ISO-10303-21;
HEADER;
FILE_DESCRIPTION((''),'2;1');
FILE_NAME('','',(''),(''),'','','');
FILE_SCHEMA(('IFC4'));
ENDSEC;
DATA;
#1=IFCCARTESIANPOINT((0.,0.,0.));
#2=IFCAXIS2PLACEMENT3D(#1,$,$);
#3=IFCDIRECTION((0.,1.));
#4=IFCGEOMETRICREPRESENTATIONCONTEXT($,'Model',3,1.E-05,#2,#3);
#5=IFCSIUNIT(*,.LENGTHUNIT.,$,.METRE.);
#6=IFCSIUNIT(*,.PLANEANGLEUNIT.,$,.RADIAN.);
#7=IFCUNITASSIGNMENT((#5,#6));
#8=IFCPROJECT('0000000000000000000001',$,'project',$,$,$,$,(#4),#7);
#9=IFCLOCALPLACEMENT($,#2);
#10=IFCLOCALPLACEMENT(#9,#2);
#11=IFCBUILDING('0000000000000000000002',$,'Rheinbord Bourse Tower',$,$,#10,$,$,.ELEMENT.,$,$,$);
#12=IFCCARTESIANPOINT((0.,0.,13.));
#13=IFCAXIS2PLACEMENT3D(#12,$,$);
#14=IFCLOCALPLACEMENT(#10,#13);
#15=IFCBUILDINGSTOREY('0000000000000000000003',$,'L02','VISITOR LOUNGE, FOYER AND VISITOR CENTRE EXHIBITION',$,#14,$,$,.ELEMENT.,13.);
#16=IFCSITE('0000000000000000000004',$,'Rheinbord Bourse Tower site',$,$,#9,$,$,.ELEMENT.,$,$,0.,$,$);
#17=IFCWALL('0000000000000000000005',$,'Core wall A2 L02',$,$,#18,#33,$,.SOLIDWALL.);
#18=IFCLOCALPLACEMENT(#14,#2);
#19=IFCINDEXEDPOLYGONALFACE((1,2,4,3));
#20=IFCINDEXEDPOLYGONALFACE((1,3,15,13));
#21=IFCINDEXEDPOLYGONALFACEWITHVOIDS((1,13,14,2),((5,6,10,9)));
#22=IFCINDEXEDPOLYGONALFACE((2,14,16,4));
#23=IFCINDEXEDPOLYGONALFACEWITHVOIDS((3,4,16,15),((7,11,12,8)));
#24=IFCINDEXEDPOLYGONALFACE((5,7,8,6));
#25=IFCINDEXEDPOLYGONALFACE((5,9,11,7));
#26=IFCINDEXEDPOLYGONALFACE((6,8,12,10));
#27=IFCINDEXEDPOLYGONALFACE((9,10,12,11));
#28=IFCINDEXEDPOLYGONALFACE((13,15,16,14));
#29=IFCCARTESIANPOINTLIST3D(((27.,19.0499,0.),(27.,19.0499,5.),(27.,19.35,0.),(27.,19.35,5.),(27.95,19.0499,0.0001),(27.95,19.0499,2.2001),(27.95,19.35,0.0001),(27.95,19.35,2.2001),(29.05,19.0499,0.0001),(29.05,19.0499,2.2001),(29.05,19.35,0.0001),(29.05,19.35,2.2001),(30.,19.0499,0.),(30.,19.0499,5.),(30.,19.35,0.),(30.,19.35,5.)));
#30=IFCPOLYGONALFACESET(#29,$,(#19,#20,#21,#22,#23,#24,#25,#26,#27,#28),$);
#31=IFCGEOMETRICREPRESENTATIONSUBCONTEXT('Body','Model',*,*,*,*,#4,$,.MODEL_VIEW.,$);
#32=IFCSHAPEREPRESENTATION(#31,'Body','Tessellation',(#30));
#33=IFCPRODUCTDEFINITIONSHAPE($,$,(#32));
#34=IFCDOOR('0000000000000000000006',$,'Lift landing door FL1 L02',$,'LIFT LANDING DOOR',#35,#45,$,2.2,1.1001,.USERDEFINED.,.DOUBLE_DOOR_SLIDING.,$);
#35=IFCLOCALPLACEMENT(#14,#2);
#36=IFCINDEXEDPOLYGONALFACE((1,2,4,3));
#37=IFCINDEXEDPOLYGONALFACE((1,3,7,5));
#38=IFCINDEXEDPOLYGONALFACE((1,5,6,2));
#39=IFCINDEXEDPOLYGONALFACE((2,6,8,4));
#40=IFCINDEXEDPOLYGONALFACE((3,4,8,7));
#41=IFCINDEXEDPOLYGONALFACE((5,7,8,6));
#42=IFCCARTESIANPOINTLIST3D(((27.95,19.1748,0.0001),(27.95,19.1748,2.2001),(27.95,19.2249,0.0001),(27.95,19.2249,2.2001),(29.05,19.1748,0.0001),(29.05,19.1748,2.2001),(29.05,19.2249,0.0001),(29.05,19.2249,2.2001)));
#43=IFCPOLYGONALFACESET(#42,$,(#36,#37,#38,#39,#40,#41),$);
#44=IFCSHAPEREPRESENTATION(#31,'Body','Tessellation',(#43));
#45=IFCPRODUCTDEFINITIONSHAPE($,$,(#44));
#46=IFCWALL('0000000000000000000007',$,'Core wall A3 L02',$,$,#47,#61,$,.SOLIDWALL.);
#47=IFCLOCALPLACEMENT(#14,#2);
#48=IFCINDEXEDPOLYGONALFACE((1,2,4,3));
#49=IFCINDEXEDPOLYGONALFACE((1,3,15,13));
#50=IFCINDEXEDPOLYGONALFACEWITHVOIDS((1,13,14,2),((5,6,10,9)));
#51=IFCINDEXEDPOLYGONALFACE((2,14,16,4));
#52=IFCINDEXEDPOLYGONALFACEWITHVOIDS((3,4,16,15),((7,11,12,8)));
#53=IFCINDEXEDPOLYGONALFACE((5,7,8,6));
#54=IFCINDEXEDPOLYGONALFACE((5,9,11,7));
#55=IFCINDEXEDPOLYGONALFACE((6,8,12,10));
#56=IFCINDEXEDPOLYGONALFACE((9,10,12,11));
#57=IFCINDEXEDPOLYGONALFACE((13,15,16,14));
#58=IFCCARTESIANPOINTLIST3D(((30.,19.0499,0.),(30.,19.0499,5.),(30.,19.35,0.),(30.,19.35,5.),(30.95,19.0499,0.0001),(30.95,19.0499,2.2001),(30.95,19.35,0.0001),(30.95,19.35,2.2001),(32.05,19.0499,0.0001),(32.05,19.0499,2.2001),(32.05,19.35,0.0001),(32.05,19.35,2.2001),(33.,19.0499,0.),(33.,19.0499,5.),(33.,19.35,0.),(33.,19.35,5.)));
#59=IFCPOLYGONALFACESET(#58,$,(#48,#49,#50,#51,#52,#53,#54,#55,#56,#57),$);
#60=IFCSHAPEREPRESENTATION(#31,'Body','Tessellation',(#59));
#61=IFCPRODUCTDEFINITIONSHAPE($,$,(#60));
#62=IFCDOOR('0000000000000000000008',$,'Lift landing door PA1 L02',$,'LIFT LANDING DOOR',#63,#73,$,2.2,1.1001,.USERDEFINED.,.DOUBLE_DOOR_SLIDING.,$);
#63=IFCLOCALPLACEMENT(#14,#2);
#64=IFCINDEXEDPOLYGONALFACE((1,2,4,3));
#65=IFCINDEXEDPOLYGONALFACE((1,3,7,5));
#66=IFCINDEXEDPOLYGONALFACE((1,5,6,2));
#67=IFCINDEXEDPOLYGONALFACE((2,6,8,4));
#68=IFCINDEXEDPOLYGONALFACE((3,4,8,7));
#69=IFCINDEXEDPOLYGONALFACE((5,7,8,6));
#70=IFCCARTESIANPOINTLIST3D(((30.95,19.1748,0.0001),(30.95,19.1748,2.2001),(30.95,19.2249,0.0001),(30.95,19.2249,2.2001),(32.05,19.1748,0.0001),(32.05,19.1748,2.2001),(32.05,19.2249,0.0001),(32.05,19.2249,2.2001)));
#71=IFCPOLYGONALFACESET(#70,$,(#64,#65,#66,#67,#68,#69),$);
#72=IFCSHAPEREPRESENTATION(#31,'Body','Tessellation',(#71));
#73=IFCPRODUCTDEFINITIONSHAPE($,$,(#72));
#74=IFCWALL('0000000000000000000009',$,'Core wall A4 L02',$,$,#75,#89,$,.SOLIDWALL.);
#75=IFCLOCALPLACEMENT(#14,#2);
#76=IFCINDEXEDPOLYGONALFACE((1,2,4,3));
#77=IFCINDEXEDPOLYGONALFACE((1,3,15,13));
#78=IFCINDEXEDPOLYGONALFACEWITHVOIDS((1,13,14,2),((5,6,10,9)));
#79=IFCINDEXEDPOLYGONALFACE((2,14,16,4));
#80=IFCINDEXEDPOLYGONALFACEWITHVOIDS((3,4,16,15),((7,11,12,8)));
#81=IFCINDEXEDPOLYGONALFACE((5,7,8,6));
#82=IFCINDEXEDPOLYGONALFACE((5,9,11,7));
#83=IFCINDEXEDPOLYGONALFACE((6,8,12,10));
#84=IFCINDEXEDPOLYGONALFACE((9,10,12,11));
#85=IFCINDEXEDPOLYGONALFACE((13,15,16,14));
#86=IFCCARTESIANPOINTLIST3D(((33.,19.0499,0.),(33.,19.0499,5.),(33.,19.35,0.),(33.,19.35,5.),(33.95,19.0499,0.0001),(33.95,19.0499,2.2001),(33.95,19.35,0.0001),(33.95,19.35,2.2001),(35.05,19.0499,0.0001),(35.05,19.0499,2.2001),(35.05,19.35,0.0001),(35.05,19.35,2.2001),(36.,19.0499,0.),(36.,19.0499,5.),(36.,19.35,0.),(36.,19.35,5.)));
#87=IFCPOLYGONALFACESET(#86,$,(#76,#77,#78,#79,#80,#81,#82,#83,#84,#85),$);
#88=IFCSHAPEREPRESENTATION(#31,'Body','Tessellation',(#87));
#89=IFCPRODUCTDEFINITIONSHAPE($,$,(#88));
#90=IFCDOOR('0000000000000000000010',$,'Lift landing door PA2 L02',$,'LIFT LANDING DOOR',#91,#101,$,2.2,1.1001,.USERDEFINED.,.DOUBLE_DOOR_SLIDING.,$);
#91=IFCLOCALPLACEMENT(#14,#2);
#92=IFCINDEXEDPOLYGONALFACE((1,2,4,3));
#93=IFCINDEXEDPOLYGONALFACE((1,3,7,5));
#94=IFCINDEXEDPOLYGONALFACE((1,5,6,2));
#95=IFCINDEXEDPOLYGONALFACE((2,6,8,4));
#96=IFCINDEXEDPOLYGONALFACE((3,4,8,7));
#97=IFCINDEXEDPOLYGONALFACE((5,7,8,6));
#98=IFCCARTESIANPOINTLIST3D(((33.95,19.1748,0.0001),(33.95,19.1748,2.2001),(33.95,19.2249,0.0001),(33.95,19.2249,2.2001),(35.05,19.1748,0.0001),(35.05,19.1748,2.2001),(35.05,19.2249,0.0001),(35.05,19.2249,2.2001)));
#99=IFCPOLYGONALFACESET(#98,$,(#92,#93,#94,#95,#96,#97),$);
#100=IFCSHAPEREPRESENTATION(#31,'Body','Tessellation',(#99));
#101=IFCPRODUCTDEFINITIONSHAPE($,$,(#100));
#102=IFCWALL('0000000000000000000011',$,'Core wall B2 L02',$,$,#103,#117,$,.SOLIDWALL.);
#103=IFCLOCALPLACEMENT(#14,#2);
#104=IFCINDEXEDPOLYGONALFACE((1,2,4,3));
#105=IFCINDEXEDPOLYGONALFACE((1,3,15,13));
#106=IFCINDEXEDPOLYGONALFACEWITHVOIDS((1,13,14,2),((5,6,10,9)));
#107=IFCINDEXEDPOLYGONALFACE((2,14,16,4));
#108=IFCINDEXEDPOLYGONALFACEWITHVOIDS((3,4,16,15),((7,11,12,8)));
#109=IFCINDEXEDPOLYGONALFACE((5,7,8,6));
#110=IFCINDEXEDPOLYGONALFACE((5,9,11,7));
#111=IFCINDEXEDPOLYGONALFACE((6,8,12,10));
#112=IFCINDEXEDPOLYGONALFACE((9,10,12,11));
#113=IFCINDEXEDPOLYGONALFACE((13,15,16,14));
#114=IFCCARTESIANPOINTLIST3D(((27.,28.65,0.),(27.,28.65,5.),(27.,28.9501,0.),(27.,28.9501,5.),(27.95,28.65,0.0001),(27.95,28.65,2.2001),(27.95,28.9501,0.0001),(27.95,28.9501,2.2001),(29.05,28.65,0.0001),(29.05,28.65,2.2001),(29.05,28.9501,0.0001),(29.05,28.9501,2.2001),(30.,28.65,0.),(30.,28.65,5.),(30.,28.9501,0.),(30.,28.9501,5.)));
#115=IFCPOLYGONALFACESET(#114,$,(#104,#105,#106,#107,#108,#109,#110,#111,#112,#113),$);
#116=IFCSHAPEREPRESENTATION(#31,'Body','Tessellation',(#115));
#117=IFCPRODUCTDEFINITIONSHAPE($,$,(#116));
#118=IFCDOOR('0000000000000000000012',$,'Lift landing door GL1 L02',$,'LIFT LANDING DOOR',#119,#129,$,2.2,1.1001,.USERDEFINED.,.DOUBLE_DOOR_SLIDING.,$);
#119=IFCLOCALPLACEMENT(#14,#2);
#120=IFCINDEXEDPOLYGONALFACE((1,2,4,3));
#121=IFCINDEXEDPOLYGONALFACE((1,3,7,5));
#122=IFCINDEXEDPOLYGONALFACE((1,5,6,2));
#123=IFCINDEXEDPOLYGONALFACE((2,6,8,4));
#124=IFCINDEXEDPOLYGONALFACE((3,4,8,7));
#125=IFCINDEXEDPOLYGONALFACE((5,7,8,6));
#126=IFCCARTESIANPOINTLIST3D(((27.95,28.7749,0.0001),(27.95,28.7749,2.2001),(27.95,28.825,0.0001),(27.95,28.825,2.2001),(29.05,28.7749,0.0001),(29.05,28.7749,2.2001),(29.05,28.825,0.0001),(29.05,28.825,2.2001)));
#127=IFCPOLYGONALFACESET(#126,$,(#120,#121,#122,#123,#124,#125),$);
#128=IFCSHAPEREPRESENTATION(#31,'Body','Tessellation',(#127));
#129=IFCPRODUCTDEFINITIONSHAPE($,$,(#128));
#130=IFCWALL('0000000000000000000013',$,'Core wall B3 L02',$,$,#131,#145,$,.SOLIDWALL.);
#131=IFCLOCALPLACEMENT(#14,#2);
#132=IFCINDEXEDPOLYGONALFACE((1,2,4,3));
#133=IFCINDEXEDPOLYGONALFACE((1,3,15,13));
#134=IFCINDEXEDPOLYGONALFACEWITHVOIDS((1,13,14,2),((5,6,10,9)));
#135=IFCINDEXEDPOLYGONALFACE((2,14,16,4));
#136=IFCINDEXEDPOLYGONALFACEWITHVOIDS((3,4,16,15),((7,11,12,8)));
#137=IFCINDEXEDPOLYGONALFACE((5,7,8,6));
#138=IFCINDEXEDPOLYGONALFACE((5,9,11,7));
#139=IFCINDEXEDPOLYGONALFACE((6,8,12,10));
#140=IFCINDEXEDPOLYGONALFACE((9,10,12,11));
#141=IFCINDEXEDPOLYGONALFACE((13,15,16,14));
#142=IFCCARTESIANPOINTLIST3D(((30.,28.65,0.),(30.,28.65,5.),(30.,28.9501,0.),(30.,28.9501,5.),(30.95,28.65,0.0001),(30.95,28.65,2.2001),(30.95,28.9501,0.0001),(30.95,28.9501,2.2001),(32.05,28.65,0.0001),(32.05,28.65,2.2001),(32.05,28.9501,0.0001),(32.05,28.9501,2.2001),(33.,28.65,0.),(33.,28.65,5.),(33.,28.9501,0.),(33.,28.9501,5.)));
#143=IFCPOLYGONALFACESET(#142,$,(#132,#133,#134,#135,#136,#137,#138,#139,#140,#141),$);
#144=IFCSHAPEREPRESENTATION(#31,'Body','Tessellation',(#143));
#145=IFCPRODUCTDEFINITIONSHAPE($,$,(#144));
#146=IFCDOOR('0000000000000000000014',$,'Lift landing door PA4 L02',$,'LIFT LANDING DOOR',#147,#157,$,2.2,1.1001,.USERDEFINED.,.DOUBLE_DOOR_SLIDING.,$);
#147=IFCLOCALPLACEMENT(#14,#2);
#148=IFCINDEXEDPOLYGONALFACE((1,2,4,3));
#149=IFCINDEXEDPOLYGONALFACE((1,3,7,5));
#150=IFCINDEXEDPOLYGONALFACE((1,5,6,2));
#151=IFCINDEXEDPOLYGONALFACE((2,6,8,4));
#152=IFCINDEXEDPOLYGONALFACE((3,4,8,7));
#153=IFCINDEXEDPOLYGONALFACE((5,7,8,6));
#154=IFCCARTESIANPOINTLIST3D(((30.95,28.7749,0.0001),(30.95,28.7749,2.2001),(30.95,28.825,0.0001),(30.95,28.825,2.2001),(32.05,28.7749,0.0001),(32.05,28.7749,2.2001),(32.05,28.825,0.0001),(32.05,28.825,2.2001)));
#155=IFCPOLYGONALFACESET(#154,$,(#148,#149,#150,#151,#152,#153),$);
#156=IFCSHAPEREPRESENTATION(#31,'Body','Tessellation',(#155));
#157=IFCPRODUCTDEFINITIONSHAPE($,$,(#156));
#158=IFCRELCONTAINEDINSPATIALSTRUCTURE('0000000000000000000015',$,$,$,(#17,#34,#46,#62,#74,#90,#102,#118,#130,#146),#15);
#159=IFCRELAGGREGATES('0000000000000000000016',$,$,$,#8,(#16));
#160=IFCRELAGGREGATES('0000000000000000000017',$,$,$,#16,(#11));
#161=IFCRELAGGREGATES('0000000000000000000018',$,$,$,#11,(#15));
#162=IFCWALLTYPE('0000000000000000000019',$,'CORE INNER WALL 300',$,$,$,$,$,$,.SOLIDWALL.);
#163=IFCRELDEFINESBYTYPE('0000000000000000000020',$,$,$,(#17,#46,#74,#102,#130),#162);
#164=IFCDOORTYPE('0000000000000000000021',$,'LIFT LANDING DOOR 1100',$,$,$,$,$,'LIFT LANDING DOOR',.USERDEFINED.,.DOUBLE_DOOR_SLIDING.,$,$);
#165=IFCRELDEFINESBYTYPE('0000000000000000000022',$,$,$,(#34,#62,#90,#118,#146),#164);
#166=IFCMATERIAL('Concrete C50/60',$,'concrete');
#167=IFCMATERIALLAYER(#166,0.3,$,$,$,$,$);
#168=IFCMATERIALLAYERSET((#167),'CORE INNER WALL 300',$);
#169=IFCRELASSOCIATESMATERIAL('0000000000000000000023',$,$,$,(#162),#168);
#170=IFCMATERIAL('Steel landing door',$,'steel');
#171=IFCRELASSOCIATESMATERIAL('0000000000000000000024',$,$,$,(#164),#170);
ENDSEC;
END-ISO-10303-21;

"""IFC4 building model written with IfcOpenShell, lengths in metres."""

from ifc_helpers import new_model, si_unit, direction, frame, frame_2d, origin, place, context, subcontext, project, spatial, rectangle, extrude, material, layer, layer_set, type_object, element, fill, save


model = new_model("IFC4")

# Units and contexts
model_context = context("Model", 3, precision=1e-05, world=origin(), true_north=direction((0.0, 1.0)))
body_context = subcontext(model_context, "Body", "Model", "MODEL_VIEW")
ifc_project = project(units=[si_unit("LENGTHUNIT", "METRE"), si_unit("PLANEANGLEUNIT", "RADIAN")], contexts=[model_context])

# Site, building, storey
site_placement = place(None, origin())
site = spatial("IfcSite", under=ifc_project, at=site_placement, Name="Rheinbord Bourse Tower site", CompositionType="ELEMENT", RefElevation=0.0)
building_placement = place(site_placement, origin())
building = spatial("IfcBuilding", under=site, at=building_placement, Name="Rheinbord Bourse Tower", CompositionType="ELEMENT")
storey_placement = place(building_placement, frame((0.0, 0.0, 13.0)))
storey = spatial("IfcBuildingStorey", under=building, at=storey_placement, Name="L02", Description="VISITOR LOUNGE, FOYER AND VISITOR CENTRE EXHIBITION", CompositionType="ELEMENT", Elevation=13.0)

# Walls, openings, doors
ifc_material_1 = material(Name="Concrete C50/60", Category="concrete")
ifc_layer_1 = layer(ifc_material_1, 0.3)
ifc_layer_set_1 = layer_set([ifc_layer_1], Name="CORE INNER WALL 300")
wall_type_1 = type_object("IfcWallType", Name="CORE INNER WALL 300", PredefinedType="SOLIDWALL", material=ifc_layer_set_1)
wall_1_placement = place(storey_placement, frame((27.0, 19.2, 0.0), z_axis=(0.0, 0.0, 1.0), x_axis=(1.0, 0.0, 0.0)))
wall_1 = element("IfcWall", 1, at=wall_1_placement, inside=storey, type_object=wall_type_1, Name="Core wall A2 L02", PredefinedType="SOLIDWALL", context=body_context, shape_type="SweptSolid", body=[
    extrude(rectangle(XDim=3.0, YDim=0.3, at=frame_2d((1.5, 0.0))), origin(), (0.0, 0.0, 1.0), 5.0),
])
opening_1_placement = place(wall_1_placement, frame((0.95, 0.0, 0.0)))
opening_1 = element("IfcOpeningElement", 2, at=opening_1_placement, cuts=wall_1, PredefinedType="OPENING", context=body_context, shape_type="SweptSolid", body=[
    extrude(rectangle(XDim=1.1001, YDim=2.2, at=frame_2d((0.55, 1.1001))), frame((0.0, 0.1599, 0.0), z_axis=(0.0, -1.0, 0.0), x_axis=(1.0, 0.0, 0.0)), (0.0, 0.0, 1.0), 0.3201),
])
ifc_material_2 = material(Name="Steel landing door", Category="steel")
door_type_1 = type_object("IfcDoorType", Name="LIFT LANDING DOOR 1100", ElementType="LIFT LANDING DOOR", OperationType="DOUBLE_DOOR_SLIDING", PredefinedType="USERDEFINED", material=ifc_material_2)
door_1_placement = place(opening_1_placement, origin())
door_1 = element("IfcDoor", 3, at=door_1_placement, inside=storey, type_object=door_type_1, Name="Lift landing door FL1 L02", ObjectType="LIFT LANDING DOOR", OperationType="DOUBLE_DOOR_SLIDING", OverallHeight=2.2, OverallWidth=1.1001, PredefinedType="USERDEFINED", context=body_context, shape_type="SweptSolid", body=[
    extrude(rectangle(XDim=1.1001, YDim=2.2, at=frame_2d((0.55, 1.1001))), frame((0.0, 0.0249, 0.0), z_axis=(0.0, -1.0, 0.0), x_axis=(1.0, 0.0, 0.0)), (0.0, 0.0, 1.0), 0.05),
])
fill(opening_1, door_1)
wall_2_placement = place(storey_placement, frame((30.0, 19.2, 0.0), z_axis=(0.0, 0.0, 1.0), x_axis=(1.0, 0.0, 0.0)))
wall_2 = element("IfcWall", 4, at=wall_2_placement, inside=storey, type_object=wall_type_1, Name="Core wall A3 L02", PredefinedType="SOLIDWALL", context=body_context, shape_type="SweptSolid", body=[
    extrude(rectangle(XDim=3.0, YDim=0.3, at=frame_2d((1.5, 0.0))), origin(), (0.0, 0.0, 1.0), 5.0),
])
opening_2_placement = place(wall_2_placement, frame((0.95, 0.0, 0.0)))
opening_2 = element("IfcOpeningElement", 5, at=opening_2_placement, cuts=wall_2, PredefinedType="OPENING", context=body_context, shape_type="SweptSolid", body=[
    extrude(rectangle(XDim=1.1001, YDim=2.2, at=frame_2d((0.55, 1.1001))), frame((0.0, 0.1599, 0.0), z_axis=(0.0, -1.0, 0.0), x_axis=(1.0, 0.0, 0.0)), (0.0, 0.0, 1.0), 0.3201),
])
door_2_placement = place(opening_2_placement, origin())
door_2 = element("IfcDoor", 6, at=door_2_placement, inside=storey, type_object=door_type_1, Name="Lift landing door PA1 L02", ObjectType="LIFT LANDING DOOR", OperationType="DOUBLE_DOOR_SLIDING", OverallHeight=2.2, OverallWidth=1.1001, PredefinedType="USERDEFINED", context=body_context, shape_type="SweptSolid", body=[
    extrude(rectangle(XDim=1.1001, YDim=2.2, at=frame_2d((0.55, 1.1001))), frame((0.0, 0.0249, 0.0), z_axis=(0.0, -1.0, 0.0), x_axis=(1.0, 0.0, 0.0)), (0.0, 0.0, 1.0), 0.05),
])
fill(opening_2, door_2)
wall_3_placement = place(storey_placement, frame((33.0, 19.2, 0.0), z_axis=(0.0, 0.0, 1.0), x_axis=(1.0, 0.0, 0.0)))
wall_3 = element("IfcWall", 7, at=wall_3_placement, inside=storey, type_object=wall_type_1, Name="Core wall A4 L02", PredefinedType="SOLIDWALL", context=body_context, shape_type="SweptSolid", body=[
    extrude(rectangle(XDim=3.0, YDim=0.3, at=frame_2d((1.5, 0.0))), origin(), (0.0, 0.0, 1.0), 5.0),
])
opening_3_placement = place(wall_3_placement, frame((0.95, 0.0, 0.0)))
opening_3 = element("IfcOpeningElement", 8, at=opening_3_placement, cuts=wall_3, PredefinedType="OPENING", context=body_context, shape_type="SweptSolid", body=[
    extrude(rectangle(XDim=1.1001, YDim=2.2, at=frame_2d((0.55, 1.1001))), frame((0.0, 0.1599, 0.0), z_axis=(0.0, -1.0, 0.0), x_axis=(1.0, 0.0, 0.0)), (0.0, 0.0, 1.0), 0.3201),
])
door_3_placement = place(opening_3_placement, origin())
door_3 = element("IfcDoor", 9, at=door_3_placement, inside=storey, type_object=door_type_1, Name="Lift landing door PA2 L02", ObjectType="LIFT LANDING DOOR", OperationType="DOUBLE_DOOR_SLIDING", OverallHeight=2.2, OverallWidth=1.1001, PredefinedType="USERDEFINED", context=body_context, shape_type="SweptSolid", body=[
    extrude(rectangle(XDim=1.1001, YDim=2.2, at=frame_2d((0.55, 1.1001))), frame((0.0, 0.0249, 0.0), z_axis=(0.0, -1.0, 0.0), x_axis=(1.0, 0.0, 0.0)), (0.0, 0.0, 1.0), 0.05),
])
fill(opening_3, door_3)
wall_4_placement = place(storey_placement, frame((27.0, 28.8, 0.0), z_axis=(0.0, 0.0, 1.0), x_axis=(1.0, 0.0, 0.0)))
wall_4 = element("IfcWall", 10, at=wall_4_placement, inside=storey, type_object=wall_type_1, Name="Core wall B2 L02", PredefinedType="SOLIDWALL", context=body_context, shape_type="SweptSolid", body=[
    extrude(rectangle(XDim=3.0, YDim=0.3, at=frame_2d((1.5, 0.0))), origin(), (0.0, 0.0, 1.0), 5.0),
])
opening_4_placement = place(wall_4_placement, frame((0.95, 0.0, 0.0)))
opening_4 = element("IfcOpeningElement", 11, at=opening_4_placement, cuts=wall_4, PredefinedType="OPENING", context=body_context, shape_type="SweptSolid", body=[
    extrude(rectangle(XDim=1.1001, YDim=2.2, at=frame_2d((0.55, 1.1001))), frame((0.0, 0.1599, 0.0), z_axis=(0.0, -1.0, 0.0), x_axis=(1.0, 0.0, 0.0)), (0.0, 0.0, 1.0), 0.3201),
])
door_4_placement = place(opening_4_placement, origin())
door_4 = element("IfcDoor", 12, at=door_4_placement, inside=storey, type_object=door_type_1, Name="Lift landing door GL1 L02", ObjectType="LIFT LANDING DOOR", OperationType="DOUBLE_DOOR_SLIDING", OverallHeight=2.2, OverallWidth=1.1001, PredefinedType="USERDEFINED", context=body_context, shape_type="SweptSolid", body=[
    extrude(rectangle(XDim=1.1001, YDim=2.2, at=frame_2d((0.55, 1.1001))), frame((0.0, 0.0249, 0.0), z_axis=(0.0, -1.0, 0.0), x_axis=(1.0, 0.0, 0.0)), (0.0, 0.0, 1.0), 0.05),
])
fill(opening_4, door_4)
wall_5_placement = place(storey_placement, frame((30.0, 28.8, 0.0), z_axis=(0.0, 0.0, 1.0), x_axis=(1.0, 0.0, 0.0)))
wall_5 = element("IfcWall", 13, at=wall_5_placement, inside=storey, type_object=wall_type_1, Name="Core wall B3 L02", PredefinedType="SOLIDWALL", context=body_context, shape_type="SweptSolid", body=[
    extrude(rectangle(XDim=3.0, YDim=0.3, at=frame_2d((1.5, 0.0))), origin(), (0.0, 0.0, 1.0), 5.0),
])
opening_5_placement = place(wall_5_placement, frame((0.95, 0.0, 0.0)))
opening_5 = element("IfcOpeningElement", 14, at=opening_5_placement, cuts=wall_5, PredefinedType="OPENING", context=body_context, shape_type="SweptSolid", body=[
    extrude(rectangle(XDim=1.1001, YDim=2.2, at=frame_2d((0.55, 1.1001))), frame((0.0, 0.1599, 0.0), z_axis=(0.0, -1.0, 0.0), x_axis=(1.0, 0.0, 0.0)), (0.0, 0.0, 1.0), 0.3201),
])
door_5_placement = place(opening_5_placement, origin())
door_5 = element("IfcDoor", 15, at=door_5_placement, inside=storey, type_object=door_type_1, Name="Lift landing door PA4 L02", ObjectType="LIFT LANDING DOOR", OperationType="DOUBLE_DOOR_SLIDING", OverallHeight=2.2, OverallWidth=1.1001, PredefinedType="USERDEFINED", context=body_context, shape_type="SweptSolid", body=[
    extrude(rectangle(XDim=1.1001, YDim=2.2, at=frame_2d((0.55, 1.1001))), frame((0.0, 0.0249, 0.0), z_axis=(0.0, -1.0, 0.0), x_axis=(1.0, 0.0, 0.0)), (0.0, 0.0, 1.0), 0.05),
])
fill(opening_5, door_5)

save(model, "model.ifc")
